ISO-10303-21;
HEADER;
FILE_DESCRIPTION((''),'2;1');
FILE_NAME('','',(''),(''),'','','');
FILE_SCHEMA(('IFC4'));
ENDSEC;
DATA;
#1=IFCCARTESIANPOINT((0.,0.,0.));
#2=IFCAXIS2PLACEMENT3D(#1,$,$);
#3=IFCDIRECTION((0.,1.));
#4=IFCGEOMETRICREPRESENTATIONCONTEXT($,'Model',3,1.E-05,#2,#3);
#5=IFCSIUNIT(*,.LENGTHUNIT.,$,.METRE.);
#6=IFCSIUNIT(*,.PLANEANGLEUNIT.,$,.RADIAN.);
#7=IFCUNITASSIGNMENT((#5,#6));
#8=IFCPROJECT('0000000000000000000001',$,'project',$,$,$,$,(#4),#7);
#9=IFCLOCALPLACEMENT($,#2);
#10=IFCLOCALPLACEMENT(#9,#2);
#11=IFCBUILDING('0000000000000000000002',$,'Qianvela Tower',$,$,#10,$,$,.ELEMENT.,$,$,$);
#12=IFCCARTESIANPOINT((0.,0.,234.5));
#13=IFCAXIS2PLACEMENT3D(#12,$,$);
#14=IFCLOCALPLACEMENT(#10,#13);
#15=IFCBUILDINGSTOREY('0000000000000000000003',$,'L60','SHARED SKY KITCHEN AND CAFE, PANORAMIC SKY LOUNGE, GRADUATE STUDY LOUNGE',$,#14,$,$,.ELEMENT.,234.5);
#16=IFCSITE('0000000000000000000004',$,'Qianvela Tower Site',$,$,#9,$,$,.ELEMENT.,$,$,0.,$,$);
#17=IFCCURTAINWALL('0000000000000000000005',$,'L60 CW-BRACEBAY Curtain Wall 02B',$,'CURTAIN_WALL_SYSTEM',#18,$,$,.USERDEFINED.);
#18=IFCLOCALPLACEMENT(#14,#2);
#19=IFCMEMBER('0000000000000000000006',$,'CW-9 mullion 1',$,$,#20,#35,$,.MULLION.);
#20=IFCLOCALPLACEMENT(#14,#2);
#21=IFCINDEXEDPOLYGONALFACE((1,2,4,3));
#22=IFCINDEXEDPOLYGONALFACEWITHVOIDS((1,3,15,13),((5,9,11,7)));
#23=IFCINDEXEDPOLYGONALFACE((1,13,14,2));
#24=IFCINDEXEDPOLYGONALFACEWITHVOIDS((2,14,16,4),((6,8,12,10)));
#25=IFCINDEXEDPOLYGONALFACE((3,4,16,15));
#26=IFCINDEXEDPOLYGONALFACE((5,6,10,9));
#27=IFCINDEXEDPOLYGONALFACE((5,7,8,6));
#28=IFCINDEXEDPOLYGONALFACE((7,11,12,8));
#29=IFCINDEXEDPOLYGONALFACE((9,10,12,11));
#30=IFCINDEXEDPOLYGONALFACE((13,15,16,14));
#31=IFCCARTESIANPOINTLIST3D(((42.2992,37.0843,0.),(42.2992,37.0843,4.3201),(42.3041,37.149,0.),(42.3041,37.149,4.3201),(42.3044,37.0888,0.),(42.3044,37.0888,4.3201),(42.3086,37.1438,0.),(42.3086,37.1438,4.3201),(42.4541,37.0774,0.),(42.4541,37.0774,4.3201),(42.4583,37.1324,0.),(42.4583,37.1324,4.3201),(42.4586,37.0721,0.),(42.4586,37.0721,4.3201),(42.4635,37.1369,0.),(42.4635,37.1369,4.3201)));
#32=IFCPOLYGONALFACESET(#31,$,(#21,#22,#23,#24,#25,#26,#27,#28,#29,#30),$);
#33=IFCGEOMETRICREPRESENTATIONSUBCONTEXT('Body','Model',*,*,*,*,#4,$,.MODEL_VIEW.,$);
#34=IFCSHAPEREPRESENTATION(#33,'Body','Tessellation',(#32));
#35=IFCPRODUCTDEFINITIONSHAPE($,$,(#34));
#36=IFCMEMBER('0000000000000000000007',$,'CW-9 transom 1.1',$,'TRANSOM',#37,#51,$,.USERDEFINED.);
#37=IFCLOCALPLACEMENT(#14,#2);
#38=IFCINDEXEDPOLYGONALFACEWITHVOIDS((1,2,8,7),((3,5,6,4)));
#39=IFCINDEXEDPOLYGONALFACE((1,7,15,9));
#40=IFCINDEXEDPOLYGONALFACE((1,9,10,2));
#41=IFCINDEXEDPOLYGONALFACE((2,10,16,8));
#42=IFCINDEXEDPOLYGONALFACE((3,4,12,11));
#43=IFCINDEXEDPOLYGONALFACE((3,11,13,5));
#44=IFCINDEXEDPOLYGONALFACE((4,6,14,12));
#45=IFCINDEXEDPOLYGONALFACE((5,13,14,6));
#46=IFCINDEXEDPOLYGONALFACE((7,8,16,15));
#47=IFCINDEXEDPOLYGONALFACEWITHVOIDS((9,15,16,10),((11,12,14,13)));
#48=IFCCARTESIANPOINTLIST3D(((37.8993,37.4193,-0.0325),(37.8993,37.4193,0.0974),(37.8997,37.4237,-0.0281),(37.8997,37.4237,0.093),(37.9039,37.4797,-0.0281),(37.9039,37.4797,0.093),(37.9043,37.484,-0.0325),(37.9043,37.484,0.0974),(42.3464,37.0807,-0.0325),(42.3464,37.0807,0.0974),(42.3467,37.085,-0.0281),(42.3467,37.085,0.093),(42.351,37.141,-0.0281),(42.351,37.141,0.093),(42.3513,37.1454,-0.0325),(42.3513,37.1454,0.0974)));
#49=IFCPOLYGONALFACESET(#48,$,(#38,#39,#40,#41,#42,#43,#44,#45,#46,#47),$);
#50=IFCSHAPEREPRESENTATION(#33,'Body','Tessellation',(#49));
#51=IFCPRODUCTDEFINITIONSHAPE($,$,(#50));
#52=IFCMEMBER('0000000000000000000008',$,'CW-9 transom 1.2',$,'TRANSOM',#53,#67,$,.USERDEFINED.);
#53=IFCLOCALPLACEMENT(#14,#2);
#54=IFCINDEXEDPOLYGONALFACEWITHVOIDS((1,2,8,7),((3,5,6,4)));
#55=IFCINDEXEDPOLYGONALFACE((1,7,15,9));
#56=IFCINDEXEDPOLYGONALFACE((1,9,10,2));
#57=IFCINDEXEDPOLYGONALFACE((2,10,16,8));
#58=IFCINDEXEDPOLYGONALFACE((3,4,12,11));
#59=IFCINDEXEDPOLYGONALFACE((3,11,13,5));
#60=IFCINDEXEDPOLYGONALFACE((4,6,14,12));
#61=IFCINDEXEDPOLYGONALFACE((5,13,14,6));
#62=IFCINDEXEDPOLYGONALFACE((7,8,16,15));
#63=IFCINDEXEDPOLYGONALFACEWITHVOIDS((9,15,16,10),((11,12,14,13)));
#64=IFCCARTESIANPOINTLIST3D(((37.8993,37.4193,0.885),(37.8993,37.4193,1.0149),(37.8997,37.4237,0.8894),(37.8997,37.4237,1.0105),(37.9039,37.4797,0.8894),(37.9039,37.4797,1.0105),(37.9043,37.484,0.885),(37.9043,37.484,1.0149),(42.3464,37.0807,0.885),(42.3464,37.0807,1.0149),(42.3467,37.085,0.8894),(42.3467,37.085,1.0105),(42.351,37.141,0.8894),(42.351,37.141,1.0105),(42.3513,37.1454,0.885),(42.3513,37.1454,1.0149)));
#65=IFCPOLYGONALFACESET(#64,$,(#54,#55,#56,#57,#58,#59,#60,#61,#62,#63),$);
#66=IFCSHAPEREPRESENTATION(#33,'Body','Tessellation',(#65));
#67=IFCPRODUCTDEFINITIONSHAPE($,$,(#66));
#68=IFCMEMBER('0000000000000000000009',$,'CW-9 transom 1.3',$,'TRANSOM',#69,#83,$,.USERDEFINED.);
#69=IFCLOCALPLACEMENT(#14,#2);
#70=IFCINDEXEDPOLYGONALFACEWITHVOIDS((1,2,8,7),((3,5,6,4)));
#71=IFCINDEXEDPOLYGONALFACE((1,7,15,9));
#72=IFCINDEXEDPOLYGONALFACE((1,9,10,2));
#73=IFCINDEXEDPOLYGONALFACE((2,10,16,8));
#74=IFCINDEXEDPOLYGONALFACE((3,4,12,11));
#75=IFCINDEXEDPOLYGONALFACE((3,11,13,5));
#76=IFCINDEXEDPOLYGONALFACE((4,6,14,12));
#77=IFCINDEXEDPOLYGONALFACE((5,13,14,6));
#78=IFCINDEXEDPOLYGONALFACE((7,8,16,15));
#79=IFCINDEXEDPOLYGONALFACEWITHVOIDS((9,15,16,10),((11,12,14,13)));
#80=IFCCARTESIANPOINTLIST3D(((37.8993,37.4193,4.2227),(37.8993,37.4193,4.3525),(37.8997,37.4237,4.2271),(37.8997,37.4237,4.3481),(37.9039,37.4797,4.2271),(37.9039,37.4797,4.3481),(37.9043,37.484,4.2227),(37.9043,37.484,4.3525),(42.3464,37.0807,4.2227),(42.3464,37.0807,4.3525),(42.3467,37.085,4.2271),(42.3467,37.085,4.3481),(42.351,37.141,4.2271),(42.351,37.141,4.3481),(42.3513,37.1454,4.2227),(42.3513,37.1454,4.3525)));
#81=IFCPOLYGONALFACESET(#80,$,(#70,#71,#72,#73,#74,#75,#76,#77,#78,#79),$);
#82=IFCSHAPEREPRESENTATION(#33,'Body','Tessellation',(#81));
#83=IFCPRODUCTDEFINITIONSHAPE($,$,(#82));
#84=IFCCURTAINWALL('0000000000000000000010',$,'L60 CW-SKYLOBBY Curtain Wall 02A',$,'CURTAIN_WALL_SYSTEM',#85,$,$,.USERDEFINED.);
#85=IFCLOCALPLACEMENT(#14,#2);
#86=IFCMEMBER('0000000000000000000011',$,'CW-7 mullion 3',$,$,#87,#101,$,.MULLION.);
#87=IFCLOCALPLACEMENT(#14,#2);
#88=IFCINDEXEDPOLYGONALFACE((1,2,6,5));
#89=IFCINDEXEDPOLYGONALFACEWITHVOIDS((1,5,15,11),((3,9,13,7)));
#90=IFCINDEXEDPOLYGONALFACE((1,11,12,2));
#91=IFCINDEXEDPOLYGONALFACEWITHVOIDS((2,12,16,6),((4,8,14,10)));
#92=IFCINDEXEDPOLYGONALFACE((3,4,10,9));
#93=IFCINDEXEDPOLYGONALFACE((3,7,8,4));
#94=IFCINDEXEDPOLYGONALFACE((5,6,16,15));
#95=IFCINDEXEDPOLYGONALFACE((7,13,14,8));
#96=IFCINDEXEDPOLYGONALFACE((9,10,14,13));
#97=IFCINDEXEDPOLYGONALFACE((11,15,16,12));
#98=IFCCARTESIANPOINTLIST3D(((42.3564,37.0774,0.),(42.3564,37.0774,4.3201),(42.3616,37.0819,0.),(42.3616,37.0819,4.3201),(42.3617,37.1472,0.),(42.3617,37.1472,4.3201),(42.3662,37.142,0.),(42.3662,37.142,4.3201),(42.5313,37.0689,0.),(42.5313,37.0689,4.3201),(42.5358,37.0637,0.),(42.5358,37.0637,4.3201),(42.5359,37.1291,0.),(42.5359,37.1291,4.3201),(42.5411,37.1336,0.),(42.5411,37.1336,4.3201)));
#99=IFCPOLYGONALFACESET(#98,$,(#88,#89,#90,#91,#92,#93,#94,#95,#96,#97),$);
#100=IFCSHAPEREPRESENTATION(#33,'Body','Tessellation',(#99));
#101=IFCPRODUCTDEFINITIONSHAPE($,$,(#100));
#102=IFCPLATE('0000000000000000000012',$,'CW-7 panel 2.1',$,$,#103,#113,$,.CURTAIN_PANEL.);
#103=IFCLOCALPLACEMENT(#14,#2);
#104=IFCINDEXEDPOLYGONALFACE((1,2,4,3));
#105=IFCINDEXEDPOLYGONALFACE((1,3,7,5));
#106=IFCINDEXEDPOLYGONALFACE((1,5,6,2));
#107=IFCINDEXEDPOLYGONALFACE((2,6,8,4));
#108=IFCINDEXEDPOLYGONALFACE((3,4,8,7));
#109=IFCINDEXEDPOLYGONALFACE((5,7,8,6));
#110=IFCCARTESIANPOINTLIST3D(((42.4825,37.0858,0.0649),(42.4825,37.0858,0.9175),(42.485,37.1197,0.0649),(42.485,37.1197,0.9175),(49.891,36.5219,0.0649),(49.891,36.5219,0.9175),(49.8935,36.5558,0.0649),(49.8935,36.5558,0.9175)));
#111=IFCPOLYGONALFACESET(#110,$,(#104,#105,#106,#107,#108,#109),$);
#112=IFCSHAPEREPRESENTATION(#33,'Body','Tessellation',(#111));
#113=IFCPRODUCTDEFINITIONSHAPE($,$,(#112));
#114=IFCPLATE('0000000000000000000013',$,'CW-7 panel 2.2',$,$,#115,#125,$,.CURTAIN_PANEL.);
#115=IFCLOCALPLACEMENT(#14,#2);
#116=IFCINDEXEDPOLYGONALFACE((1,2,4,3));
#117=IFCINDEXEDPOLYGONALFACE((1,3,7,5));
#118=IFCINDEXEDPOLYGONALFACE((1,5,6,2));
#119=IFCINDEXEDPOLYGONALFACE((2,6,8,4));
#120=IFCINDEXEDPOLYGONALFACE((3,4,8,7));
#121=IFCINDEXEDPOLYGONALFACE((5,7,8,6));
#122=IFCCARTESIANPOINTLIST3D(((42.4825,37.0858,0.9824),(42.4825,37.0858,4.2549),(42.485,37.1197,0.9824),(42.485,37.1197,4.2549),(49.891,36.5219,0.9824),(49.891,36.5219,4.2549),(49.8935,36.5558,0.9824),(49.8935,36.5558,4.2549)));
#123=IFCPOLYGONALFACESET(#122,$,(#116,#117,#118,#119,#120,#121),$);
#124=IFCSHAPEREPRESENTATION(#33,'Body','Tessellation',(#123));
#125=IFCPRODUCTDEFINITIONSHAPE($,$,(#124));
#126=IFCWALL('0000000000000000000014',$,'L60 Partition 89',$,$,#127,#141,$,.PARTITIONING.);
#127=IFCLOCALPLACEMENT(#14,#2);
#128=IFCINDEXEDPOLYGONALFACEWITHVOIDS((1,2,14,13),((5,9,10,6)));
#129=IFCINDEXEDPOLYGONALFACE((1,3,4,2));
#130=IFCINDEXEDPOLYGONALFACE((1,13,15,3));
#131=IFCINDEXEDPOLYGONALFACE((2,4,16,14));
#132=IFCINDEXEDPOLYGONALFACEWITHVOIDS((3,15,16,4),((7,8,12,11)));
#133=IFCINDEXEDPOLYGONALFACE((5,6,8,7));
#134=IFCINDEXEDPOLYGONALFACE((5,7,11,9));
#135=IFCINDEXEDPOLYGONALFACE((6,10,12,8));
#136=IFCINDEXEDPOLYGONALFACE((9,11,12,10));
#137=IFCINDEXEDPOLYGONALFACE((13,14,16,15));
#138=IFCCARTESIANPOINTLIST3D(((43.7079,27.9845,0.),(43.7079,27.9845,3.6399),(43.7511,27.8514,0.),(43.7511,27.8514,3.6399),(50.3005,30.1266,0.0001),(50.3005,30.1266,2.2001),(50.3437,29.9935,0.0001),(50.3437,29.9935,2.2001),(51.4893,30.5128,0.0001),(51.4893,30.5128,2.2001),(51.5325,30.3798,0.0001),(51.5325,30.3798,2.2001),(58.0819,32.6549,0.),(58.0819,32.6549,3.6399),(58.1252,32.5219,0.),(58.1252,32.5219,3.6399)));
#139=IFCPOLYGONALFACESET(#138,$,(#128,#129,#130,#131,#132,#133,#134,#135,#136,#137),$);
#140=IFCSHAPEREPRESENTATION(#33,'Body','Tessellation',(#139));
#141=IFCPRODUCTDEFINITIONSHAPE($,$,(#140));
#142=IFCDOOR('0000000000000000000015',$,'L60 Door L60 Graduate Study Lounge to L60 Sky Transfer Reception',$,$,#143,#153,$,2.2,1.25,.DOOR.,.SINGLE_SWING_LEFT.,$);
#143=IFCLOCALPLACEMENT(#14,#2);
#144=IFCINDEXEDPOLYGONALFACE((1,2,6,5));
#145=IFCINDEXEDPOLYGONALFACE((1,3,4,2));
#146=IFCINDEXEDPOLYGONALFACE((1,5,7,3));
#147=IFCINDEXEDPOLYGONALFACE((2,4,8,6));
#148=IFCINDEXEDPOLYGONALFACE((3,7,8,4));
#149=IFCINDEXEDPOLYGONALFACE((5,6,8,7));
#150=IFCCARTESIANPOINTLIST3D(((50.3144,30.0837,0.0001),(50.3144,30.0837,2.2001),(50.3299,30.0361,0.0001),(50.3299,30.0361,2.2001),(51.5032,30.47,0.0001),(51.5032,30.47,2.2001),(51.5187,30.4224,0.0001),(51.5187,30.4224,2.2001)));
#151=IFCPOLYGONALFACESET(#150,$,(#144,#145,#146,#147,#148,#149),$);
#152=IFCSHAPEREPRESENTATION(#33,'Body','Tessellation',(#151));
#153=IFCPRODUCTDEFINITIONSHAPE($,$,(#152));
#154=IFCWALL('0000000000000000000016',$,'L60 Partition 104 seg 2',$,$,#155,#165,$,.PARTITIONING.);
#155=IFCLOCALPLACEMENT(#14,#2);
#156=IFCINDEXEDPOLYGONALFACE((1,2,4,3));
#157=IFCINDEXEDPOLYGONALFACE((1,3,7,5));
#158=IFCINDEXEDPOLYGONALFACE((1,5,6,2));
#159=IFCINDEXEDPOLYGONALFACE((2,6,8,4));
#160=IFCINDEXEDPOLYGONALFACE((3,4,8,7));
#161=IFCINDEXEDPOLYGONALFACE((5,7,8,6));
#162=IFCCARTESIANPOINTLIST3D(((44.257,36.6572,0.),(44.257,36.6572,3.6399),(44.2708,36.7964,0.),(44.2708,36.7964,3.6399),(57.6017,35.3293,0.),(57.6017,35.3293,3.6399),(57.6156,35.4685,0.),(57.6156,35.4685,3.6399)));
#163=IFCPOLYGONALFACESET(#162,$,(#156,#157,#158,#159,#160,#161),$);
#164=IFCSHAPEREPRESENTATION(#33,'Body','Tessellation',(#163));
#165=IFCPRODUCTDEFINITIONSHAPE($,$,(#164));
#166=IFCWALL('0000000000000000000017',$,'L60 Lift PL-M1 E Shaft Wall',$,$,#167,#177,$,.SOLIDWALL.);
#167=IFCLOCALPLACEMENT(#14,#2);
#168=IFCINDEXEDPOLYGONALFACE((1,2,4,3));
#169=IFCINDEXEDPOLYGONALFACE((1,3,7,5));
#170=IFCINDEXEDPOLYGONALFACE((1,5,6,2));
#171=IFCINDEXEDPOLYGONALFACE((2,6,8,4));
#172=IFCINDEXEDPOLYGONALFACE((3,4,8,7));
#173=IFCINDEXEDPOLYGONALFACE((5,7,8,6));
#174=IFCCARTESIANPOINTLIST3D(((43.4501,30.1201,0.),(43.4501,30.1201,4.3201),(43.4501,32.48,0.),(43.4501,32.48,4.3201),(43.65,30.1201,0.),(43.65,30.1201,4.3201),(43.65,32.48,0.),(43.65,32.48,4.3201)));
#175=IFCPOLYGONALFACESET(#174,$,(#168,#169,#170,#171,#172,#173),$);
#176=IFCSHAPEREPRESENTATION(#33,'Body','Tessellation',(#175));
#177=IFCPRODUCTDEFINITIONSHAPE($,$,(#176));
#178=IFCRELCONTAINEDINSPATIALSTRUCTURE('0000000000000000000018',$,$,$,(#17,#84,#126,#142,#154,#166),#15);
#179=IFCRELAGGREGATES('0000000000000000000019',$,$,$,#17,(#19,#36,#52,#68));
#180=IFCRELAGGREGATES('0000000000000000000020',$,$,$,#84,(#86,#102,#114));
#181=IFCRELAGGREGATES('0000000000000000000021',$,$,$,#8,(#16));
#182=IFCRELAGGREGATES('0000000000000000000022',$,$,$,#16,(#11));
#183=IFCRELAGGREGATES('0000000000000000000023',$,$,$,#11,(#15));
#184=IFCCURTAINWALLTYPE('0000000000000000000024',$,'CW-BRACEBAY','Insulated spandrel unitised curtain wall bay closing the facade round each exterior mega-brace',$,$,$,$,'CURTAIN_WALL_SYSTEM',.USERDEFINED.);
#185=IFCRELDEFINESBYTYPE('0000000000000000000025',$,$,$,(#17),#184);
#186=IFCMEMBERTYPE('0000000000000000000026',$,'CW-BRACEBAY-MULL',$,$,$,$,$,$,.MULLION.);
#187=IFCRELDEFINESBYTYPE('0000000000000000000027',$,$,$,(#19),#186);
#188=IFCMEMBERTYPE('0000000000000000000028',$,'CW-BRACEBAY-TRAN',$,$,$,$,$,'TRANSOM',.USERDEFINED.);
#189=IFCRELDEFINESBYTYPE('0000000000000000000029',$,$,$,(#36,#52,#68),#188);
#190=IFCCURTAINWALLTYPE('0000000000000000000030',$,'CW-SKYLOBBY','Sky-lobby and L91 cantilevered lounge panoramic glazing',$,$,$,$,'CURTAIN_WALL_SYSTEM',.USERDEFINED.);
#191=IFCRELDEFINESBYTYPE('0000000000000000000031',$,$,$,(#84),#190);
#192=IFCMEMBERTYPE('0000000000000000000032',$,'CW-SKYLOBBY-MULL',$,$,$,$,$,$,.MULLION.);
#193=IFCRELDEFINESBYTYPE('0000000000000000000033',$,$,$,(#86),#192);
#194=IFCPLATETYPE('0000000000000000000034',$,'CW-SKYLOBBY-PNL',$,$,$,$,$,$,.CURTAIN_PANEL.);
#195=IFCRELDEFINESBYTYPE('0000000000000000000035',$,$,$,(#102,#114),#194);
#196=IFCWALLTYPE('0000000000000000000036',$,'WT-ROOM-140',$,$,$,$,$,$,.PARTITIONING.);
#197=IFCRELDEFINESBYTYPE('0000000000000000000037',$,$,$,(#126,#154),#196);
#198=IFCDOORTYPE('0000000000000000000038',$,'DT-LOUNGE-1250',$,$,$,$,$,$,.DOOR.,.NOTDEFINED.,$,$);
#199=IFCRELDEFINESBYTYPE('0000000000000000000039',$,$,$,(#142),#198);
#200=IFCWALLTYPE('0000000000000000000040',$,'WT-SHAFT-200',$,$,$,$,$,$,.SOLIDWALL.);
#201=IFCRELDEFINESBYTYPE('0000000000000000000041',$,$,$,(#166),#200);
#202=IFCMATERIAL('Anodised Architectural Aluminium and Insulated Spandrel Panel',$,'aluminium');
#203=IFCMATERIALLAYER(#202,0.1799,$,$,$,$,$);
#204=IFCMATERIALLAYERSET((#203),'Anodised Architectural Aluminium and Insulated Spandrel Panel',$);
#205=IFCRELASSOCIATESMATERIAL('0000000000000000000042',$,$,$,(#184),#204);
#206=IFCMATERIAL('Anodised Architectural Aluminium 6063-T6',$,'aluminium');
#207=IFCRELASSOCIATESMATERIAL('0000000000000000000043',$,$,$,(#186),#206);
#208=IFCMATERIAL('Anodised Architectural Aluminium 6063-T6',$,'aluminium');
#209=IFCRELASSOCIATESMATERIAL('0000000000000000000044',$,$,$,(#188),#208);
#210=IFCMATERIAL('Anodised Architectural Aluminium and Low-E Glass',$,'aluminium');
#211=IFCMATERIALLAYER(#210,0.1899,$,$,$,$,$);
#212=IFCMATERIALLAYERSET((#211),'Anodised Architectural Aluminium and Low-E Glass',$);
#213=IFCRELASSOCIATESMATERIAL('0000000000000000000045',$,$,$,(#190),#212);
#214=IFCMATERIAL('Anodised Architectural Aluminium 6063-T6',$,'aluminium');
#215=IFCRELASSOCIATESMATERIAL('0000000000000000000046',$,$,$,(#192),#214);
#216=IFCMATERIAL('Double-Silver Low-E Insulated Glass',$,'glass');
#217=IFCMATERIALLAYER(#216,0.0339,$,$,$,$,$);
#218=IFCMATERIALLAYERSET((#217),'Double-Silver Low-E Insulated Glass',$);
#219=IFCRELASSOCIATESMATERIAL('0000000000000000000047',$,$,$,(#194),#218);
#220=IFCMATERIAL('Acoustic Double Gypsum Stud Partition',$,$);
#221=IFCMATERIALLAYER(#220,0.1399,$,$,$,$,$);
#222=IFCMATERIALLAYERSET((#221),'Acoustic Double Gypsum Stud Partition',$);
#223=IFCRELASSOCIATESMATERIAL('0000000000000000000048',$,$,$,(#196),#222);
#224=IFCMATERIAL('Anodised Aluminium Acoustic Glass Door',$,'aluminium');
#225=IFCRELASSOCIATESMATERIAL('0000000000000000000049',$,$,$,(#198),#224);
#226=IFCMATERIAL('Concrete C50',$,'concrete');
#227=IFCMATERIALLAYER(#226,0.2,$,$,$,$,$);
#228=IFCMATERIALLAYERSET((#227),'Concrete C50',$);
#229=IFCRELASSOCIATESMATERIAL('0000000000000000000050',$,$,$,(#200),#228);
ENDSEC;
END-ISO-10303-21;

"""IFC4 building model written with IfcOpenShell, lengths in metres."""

from ifc_helpers import new_model, si_unit, direction, frame, frame_2d, origin, origin_2d, place, context, subcontext, project, spatial, rectangle, hollow_rectangle, extrude, material, layer, layer_set, material_profile, profile_set, type_object, element, fill, aggregate, save


model = new_model("IFC4")

# Units and contexts
model_context = context("Model", 3, precision=1e-05, world=origin(), true_north=direction((0.0, 1.0)))
body_context = subcontext(model_context, "Body", "Model", "MODEL_VIEW")
ifc_project = project(units=[si_unit("LENGTHUNIT", "METRE"), si_unit("PLANEANGLEUNIT", "RADIAN")], contexts=[model_context])

# Site, building, storey
site_placement = place(None, origin())
site = spatial("IfcSite", under=ifc_project, at=site_placement, Name="Qianvela Tower Site", CompositionType="ELEMENT", RefElevation=0.0)
building_placement = place(site_placement, origin())
building = spatial("IfcBuilding", under=site, at=building_placement, Name="Qianvela Tower", CompositionType="ELEMENT")
storey_placement = place(building_placement, frame((0.0, 0.0, 234.5)))
storey = spatial("IfcBuildingStorey", under=building, at=storey_placement, Name="L60", Description="SHARED SKY KITCHEN AND CAFE, PANORAMIC SKY LOUNGE, GRADUATE STUDY LOUNGE", CompositionType="ELEMENT", Elevation=234.5)

# Curtain wall, members
ifc_material_1 = material(Name="Anodised Architectural Aluminium and Insulated Spandrel Panel", Category="aluminium")
ifc_layer_1 = layer(ifc_material_1, 0.1799)
ifc_layer_set_1 = layer_set([ifc_layer_1], Name="Anodised Architectural Aluminium and Insulated Spandrel Panel")
curtain_wall_type_1 = type_object("IfcCurtainWallType", Name="CW-BRACEBAY", Description="Insulated spandrel unitised curtain wall bay closing the facade round each exterior mega-brace", ElementType="CURTAIN_WALL_SYSTEM", PredefinedType="USERDEFINED", material=ifc_layer_set_1)
curtain_wall_1_placement = place(storey_placement, origin())
curtain_wall_1 = element("IfcCurtainWall", 1, at=curtain_wall_1_placement, inside=storey, type_object=curtain_wall_type_1, Name="L60 CW-BRACEBAY Curtain Wall 02B", ObjectType="CURTAIN_WALL_SYSTEM", PredefinedType="USERDEFINED")
ifc_material_2 = material(Name="Anodised Architectural Aluminium 6063-T6", Category="aluminium")
ifc_material_profile_1 = material_profile(ifc_material_2, hollow_rectangle(XDim=0.0649, YDim=0.1599, WallThickness=0.0049, at=origin_2d()), Name="ALU-MULL-65x160")
ifc_profile_set_1 = profile_set([ifc_material_profile_1], Name="Anodised Architectural Aluminium 6063-T6")
member_type_1 = type_object("IfcMemberType", Name="CW-BRACEBAY-MULL", PredefinedType="MULLION", material=ifc_profile_set_1)
member_1_placement = place(storey_placement, frame((42.3813, 37.1106, 0.0), z_axis=(0.0, 0.0, 1.0), x_axis=(-0.075905, -0.997115, 0.0)))
member_1 = element("IfcMember", 2, at=member_1_placement, type_object=member_type_1, Name="CW-9 mullion 1", PredefinedType="MULLION", context=body_context, shape_type="SweptSolid", body=[
    extrude(hollow_rectangle(XDim=0.0649, YDim=0.1599, WallThickness=0.0049, at=origin_2d()), origin(), (0.0, 0.0, 1.0), 4.3201),
])
ifc_material_3 = material(Name="Anodised Architectural Aluminium 6063-T6", Category="aluminium")
ifc_material_profile_2 = material_profile(ifc_material_3, hollow_rectangle(XDim=0.0649, YDim=0.1299, WallThickness=0.0044, at=origin_2d()), Name="ALU-TRAN-65x130")
ifc_profile_set_2 = profile_set([ifc_material_profile_2], Name="Anodised Architectural Aluminium 6063-T6")
member_type_2 = type_object("IfcMemberType", Name="CW-BRACEBAY-TRAN", ElementType="TRANSOM", PredefinedType="USERDEFINED", material=ifc_profile_set_2)
member_2_placement = place(storey_placement, frame((42.3489, 37.113, 0.0325), z_axis=(-0.997113, 0.075926, 0.0), x_axis=(-0.075926, -0.997113, 0.0)))
member_2 = element("IfcMember", 3, at=member_2_placement, type_object=member_type_2, Name="CW-9 transom 1.1", ObjectType="TRANSOM", PredefinedType="USERDEFINED", context=body_context, shape_type="SweptSolid", body=[
    extrude(hollow_rectangle(XDim=0.0649, YDim=0.1299, WallThickness=0.0044, at=origin_2d()), origin(), (0.0, 0.0, 1.0), 4.46),
])
member_3_placement = place(storey_placement, frame((42.3489, 37.113, 0.95), z_axis=(-0.997113, 0.075926, 0.0), x_axis=(-0.075926, -0.997113, 0.0)))
member_3 = element("IfcMember", 4, at=member_3_placement, type_object=member_type_2, Name="CW-9 transom 1.2", ObjectType="TRANSOM", PredefinedType="USERDEFINED", context=body_context, shape_type="SweptSolid", body=[
    extrude(hollow_rectangle(XDim=0.0649, YDim=0.1299, WallThickness=0.0044, at=origin_2d()), origin(), (0.0, 0.0, 1.0), 4.46),
])
member_4_placement = place(storey_placement, frame((42.3489, 37.113, 4.2876), z_axis=(-0.997113, 0.075926, 0.0), x_axis=(-0.075926, -0.997113, 0.0)))
member_4 = element("IfcMember", 5, at=member_4_placement, type_object=member_type_2, Name="CW-9 transom 1.3", ObjectType="TRANSOM", PredefinedType="USERDEFINED", context=body_context, shape_type="SweptSolid", body=[
    extrude(hollow_rectangle(XDim=0.0649, YDim=0.1299, WallThickness=0.0044, at=origin_2d()), origin(), (0.0, 0.0, 1.0), 4.46),
])
aggregate(curtain_wall_1, [member_1, member_2, member_3, member_4])

# Curtain wall, member, plates
ifc_material_4 = material(Name="Anodised Architectural Aluminium and Low-E Glass", Category="aluminium")
ifc_layer_2 = layer(ifc_material_4, 0.1899)
ifc_layer_set_2 = layer_set([ifc_layer_2], Name="Anodised Architectural Aluminium and Low-E Glass")
curtain_wall_type_2 = type_object("IfcCurtainWallType", Name="CW-SKYLOBBY", Description="Sky-lobby and L91 cantilevered lounge panoramic glazing", ElementType="CURTAIN_WALL_SYSTEM", PredefinedType="USERDEFINED", material=ifc_layer_set_2)
curtain_wall_2_placement = place(storey_placement, origin())
curtain_wall_2 = element("IfcCurtainWall", 6, at=curtain_wall_2_placement, inside=storey, type_object=curtain_wall_type_2, Name="L60 CW-SKYLOBBY Curtain Wall 02A", ObjectType="CURTAIN_WALL_SYSTEM", PredefinedType="USERDEFINED")
ifc_material_5 = material(Name="Anodised Architectural Aluminium 6063-T6", Category="aluminium")
ifc_material_profile_3 = material_profile(ifc_material_5, hollow_rectangle(XDim=0.0701, YDim=0.1799, WallThickness=0.0049, at=origin_2d()), Name="ALU-MULL-70x180")
ifc_profile_set_3 = profile_set([ifc_material_profile_3], Name="Anodised Architectural Aluminium 6063-T6")
member_type_3 = type_object("IfcMemberType", Name="CW-SKYLOBBY-MULL", PredefinedType="MULLION", material=ifc_profile_set_3)
member_5_placement = place(storey_placement, frame((42.4487, 37.1055, 0.0), z_axis=(0.0, 0.0, 1.0), x_axis=(-0.075899, -0.997115, 0.0)))
member_5 = element("IfcMember", 7, at=member_5_placement, type_object=member_type_3, Name="CW-7 mullion 3", PredefinedType="MULLION", context=body_context, shape_type="SweptSolid", body=[
    extrude(hollow_rectangle(XDim=0.0701, YDim=0.1799, WallThickness=0.0049, at=origin_2d()), origin(), (0.0, 0.0, 1.0), 4.3201),
])
ifc_material_6 = material(Name="Double-Silver Low-E Insulated Glass", Category="glass")
ifc_layer_3 = layer(ifc_material_6, 0.0339)
ifc_layer_set_3 = layer_set([ifc_layer_3], Name="Double-Silver Low-E Insulated Glass")
plate_type = type_object("IfcPlateType", Name="CW-SKYLOBBY-PNL", PredefinedType="CURTAIN_PANEL", material=ifc_layer_set_3)
plate_1_placement = place(storey_placement, frame((46.188, 36.8208, 0.0649), z_axis=(0.0, 0.0, 1.0), x_axis=(-0.997115, 0.075899, 0.0)))
plate_1 = element("IfcPlate", 8, at=plate_1_placement, type_object=plate_type, Name="CW-7 panel 2.1", PredefinedType="CURTAIN_PANEL", context=body_context, shape_type="SweptSolid", body=[
    extrude(rectangle(XDim=7.4299, YDim=0.0339, at=origin_2d()), origin(), (0.0, 0.0, 1.0), 0.8525),
])
plate_2_placement = place(storey_placement, frame((46.188, 36.8208, 0.9824), z_axis=(0.0, 0.0, 1.0), x_axis=(-0.997115, 0.075899, 0.0)))
plate_2 = element("IfcPlate", 9, at=plate_2_placement, type_object=plate_type, Name="CW-7 panel 2.2", PredefinedType="CURTAIN_PANEL", context=body_context, shape_type="SweptSolid", body=[
    extrude(rectangle(XDim=7.4299, YDim=0.0339, at=origin_2d()), origin(), (0.0, 0.0, 1.0), 3.2725),
])
aggregate(curtain_wall_2, [member_5, plate_1, plate_2])

# Wall, opening, door
ifc_material_7 = material(Name="Acoustic Double Gypsum Stud Partition")
ifc_layer_4 = layer(ifc_material_7, 0.1399)
ifc_layer_set_4 = layer_set([ifc_layer_4], Name="Acoustic Double Gypsum Stud Partition")
wall_type_1 = type_object("IfcWallType", Name="WT-ROOM-140", PredefinedType="PARTITIONING", material=ifc_layer_set_4)
wall_1_placement = place(storey_placement, frame((43.7295, 27.918, 0.0), z_axis=(0.0, 0.0, 1.0), x_axis=(0.951056, 0.309017, 0.0)))
wall_1 = element("IfcWall", 10, at=wall_1_placement, inside=storey, type_object=wall_type_1, Name="L60 Partition 89", PredefinedType="PARTITIONING", context=body_context, shape_type="SweptSolid", body=[
    extrude(rectangle(XDim=15.1138, YDim=0.1399, at=frame_2d((7.5569, 0.0))), origin(), (0.0, 0.0, 1.0), 3.6399),
])
opening_1_placement = place(wall_1_placement, frame((6.9319, 0.0, 0.0)))
opening_1 = element("IfcOpeningElement", 11, at=opening_1_placement, cuts=wall_1, PredefinedType="OPENING", context=body_context, shape_type="SweptSolid", body=[
    extrude(rectangle(XDim=1.25, YDim=2.2, at=frame_2d((0.625, 1.1001))), frame((0.0, 0.0798, 0.0), z_axis=(0.0, -1.0, 0.0), x_axis=(1.0, 0.0, 0.0)), (0.0, 0.0, 1.0), 0.1599),
])
ifc_material_8 = material(Name="Anodised Aluminium Acoustic Glass Door", Category="aluminium")
door_type_1 = type_object("IfcDoorType", Name="DT-LOUNGE-1250", OperationType="NOTDEFINED", PredefinedType="DOOR", material=ifc_material_8)
door_1_placement = place(opening_1_placement, origin())
door_1 = element("IfcDoor", 12, at=door_1_placement, inside=storey, type_object=door_type_1, Name="L60 Door L60 Graduate Study Lounge to L60 Sky Transfer Reception", OperationType="SINGLE_SWING_LEFT", OverallHeight=2.2, OverallWidth=1.25, PredefinedType="DOOR", context=body_context, shape_type="SweptSolid", body=[
    extrude(rectangle(XDim=1.25, YDim=2.2, at=frame_2d((0.625, 1.1001))), frame((0.0, 0.0249, 0.0), z_axis=(0.0, -1.0, 0.0), x_axis=(1.0, 0.0, 0.0)), (0.0, 0.0, 1.0), 0.05),
])
fill(opening_1, door_1)

# Walls
wall_2_placement = place(storey_placement, frame((44.2639, 36.7268, 0.0), z_axis=(0.0, 0.0, 1.0), x_axis=(0.995086, -0.099017, 0.0)))
element("IfcWall", 13, at=wall_2_placement, inside=storey, type_object=wall_type_1, Name="L60 Partition 104 seg 2", PredefinedType="PARTITIONING", context=body_context, shape_type="SweptSolid", body=[
    extrude(rectangle(XDim=13.4106, YDim=0.1399, at=frame_2d((6.7053, 0.0))), origin(), (0.0, 0.0, 1.0), 3.6399),
])
ifc_material_9 = material(Name="Concrete C50", Category="concrete")
ifc_layer_5 = layer(ifc_material_9, 0.2)
ifc_layer_set_5 = layer_set([ifc_layer_5], Name="Concrete C50")
wall_type_2 = type_object("IfcWallType", Name="WT-SHAFT-200", PredefinedType="SOLIDWALL", material=ifc_layer_set_5)
wall_3_placement = place(storey_placement, frame((43.55, 30.1201, 0.0), z_axis=(0.0, 0.0, 1.0), x_axis=(0.0, 1.0, 0.0)))
element("IfcWall", 14, at=wall_3_placement, inside=storey, type_object=wall_type_2, Name="L60 Lift PL-M1 E Shaft Wall", PredefinedType="SOLIDWALL", context=body_context, shape_type="SweptSolid", body=[
    extrude(rectangle(XDim=2.3599, YDim=0.2, at=frame_2d((1.1799, 0.0))), origin(), (0.0, 0.0, 1.0), 4.3201),
])

save(model, "model.ifc")
